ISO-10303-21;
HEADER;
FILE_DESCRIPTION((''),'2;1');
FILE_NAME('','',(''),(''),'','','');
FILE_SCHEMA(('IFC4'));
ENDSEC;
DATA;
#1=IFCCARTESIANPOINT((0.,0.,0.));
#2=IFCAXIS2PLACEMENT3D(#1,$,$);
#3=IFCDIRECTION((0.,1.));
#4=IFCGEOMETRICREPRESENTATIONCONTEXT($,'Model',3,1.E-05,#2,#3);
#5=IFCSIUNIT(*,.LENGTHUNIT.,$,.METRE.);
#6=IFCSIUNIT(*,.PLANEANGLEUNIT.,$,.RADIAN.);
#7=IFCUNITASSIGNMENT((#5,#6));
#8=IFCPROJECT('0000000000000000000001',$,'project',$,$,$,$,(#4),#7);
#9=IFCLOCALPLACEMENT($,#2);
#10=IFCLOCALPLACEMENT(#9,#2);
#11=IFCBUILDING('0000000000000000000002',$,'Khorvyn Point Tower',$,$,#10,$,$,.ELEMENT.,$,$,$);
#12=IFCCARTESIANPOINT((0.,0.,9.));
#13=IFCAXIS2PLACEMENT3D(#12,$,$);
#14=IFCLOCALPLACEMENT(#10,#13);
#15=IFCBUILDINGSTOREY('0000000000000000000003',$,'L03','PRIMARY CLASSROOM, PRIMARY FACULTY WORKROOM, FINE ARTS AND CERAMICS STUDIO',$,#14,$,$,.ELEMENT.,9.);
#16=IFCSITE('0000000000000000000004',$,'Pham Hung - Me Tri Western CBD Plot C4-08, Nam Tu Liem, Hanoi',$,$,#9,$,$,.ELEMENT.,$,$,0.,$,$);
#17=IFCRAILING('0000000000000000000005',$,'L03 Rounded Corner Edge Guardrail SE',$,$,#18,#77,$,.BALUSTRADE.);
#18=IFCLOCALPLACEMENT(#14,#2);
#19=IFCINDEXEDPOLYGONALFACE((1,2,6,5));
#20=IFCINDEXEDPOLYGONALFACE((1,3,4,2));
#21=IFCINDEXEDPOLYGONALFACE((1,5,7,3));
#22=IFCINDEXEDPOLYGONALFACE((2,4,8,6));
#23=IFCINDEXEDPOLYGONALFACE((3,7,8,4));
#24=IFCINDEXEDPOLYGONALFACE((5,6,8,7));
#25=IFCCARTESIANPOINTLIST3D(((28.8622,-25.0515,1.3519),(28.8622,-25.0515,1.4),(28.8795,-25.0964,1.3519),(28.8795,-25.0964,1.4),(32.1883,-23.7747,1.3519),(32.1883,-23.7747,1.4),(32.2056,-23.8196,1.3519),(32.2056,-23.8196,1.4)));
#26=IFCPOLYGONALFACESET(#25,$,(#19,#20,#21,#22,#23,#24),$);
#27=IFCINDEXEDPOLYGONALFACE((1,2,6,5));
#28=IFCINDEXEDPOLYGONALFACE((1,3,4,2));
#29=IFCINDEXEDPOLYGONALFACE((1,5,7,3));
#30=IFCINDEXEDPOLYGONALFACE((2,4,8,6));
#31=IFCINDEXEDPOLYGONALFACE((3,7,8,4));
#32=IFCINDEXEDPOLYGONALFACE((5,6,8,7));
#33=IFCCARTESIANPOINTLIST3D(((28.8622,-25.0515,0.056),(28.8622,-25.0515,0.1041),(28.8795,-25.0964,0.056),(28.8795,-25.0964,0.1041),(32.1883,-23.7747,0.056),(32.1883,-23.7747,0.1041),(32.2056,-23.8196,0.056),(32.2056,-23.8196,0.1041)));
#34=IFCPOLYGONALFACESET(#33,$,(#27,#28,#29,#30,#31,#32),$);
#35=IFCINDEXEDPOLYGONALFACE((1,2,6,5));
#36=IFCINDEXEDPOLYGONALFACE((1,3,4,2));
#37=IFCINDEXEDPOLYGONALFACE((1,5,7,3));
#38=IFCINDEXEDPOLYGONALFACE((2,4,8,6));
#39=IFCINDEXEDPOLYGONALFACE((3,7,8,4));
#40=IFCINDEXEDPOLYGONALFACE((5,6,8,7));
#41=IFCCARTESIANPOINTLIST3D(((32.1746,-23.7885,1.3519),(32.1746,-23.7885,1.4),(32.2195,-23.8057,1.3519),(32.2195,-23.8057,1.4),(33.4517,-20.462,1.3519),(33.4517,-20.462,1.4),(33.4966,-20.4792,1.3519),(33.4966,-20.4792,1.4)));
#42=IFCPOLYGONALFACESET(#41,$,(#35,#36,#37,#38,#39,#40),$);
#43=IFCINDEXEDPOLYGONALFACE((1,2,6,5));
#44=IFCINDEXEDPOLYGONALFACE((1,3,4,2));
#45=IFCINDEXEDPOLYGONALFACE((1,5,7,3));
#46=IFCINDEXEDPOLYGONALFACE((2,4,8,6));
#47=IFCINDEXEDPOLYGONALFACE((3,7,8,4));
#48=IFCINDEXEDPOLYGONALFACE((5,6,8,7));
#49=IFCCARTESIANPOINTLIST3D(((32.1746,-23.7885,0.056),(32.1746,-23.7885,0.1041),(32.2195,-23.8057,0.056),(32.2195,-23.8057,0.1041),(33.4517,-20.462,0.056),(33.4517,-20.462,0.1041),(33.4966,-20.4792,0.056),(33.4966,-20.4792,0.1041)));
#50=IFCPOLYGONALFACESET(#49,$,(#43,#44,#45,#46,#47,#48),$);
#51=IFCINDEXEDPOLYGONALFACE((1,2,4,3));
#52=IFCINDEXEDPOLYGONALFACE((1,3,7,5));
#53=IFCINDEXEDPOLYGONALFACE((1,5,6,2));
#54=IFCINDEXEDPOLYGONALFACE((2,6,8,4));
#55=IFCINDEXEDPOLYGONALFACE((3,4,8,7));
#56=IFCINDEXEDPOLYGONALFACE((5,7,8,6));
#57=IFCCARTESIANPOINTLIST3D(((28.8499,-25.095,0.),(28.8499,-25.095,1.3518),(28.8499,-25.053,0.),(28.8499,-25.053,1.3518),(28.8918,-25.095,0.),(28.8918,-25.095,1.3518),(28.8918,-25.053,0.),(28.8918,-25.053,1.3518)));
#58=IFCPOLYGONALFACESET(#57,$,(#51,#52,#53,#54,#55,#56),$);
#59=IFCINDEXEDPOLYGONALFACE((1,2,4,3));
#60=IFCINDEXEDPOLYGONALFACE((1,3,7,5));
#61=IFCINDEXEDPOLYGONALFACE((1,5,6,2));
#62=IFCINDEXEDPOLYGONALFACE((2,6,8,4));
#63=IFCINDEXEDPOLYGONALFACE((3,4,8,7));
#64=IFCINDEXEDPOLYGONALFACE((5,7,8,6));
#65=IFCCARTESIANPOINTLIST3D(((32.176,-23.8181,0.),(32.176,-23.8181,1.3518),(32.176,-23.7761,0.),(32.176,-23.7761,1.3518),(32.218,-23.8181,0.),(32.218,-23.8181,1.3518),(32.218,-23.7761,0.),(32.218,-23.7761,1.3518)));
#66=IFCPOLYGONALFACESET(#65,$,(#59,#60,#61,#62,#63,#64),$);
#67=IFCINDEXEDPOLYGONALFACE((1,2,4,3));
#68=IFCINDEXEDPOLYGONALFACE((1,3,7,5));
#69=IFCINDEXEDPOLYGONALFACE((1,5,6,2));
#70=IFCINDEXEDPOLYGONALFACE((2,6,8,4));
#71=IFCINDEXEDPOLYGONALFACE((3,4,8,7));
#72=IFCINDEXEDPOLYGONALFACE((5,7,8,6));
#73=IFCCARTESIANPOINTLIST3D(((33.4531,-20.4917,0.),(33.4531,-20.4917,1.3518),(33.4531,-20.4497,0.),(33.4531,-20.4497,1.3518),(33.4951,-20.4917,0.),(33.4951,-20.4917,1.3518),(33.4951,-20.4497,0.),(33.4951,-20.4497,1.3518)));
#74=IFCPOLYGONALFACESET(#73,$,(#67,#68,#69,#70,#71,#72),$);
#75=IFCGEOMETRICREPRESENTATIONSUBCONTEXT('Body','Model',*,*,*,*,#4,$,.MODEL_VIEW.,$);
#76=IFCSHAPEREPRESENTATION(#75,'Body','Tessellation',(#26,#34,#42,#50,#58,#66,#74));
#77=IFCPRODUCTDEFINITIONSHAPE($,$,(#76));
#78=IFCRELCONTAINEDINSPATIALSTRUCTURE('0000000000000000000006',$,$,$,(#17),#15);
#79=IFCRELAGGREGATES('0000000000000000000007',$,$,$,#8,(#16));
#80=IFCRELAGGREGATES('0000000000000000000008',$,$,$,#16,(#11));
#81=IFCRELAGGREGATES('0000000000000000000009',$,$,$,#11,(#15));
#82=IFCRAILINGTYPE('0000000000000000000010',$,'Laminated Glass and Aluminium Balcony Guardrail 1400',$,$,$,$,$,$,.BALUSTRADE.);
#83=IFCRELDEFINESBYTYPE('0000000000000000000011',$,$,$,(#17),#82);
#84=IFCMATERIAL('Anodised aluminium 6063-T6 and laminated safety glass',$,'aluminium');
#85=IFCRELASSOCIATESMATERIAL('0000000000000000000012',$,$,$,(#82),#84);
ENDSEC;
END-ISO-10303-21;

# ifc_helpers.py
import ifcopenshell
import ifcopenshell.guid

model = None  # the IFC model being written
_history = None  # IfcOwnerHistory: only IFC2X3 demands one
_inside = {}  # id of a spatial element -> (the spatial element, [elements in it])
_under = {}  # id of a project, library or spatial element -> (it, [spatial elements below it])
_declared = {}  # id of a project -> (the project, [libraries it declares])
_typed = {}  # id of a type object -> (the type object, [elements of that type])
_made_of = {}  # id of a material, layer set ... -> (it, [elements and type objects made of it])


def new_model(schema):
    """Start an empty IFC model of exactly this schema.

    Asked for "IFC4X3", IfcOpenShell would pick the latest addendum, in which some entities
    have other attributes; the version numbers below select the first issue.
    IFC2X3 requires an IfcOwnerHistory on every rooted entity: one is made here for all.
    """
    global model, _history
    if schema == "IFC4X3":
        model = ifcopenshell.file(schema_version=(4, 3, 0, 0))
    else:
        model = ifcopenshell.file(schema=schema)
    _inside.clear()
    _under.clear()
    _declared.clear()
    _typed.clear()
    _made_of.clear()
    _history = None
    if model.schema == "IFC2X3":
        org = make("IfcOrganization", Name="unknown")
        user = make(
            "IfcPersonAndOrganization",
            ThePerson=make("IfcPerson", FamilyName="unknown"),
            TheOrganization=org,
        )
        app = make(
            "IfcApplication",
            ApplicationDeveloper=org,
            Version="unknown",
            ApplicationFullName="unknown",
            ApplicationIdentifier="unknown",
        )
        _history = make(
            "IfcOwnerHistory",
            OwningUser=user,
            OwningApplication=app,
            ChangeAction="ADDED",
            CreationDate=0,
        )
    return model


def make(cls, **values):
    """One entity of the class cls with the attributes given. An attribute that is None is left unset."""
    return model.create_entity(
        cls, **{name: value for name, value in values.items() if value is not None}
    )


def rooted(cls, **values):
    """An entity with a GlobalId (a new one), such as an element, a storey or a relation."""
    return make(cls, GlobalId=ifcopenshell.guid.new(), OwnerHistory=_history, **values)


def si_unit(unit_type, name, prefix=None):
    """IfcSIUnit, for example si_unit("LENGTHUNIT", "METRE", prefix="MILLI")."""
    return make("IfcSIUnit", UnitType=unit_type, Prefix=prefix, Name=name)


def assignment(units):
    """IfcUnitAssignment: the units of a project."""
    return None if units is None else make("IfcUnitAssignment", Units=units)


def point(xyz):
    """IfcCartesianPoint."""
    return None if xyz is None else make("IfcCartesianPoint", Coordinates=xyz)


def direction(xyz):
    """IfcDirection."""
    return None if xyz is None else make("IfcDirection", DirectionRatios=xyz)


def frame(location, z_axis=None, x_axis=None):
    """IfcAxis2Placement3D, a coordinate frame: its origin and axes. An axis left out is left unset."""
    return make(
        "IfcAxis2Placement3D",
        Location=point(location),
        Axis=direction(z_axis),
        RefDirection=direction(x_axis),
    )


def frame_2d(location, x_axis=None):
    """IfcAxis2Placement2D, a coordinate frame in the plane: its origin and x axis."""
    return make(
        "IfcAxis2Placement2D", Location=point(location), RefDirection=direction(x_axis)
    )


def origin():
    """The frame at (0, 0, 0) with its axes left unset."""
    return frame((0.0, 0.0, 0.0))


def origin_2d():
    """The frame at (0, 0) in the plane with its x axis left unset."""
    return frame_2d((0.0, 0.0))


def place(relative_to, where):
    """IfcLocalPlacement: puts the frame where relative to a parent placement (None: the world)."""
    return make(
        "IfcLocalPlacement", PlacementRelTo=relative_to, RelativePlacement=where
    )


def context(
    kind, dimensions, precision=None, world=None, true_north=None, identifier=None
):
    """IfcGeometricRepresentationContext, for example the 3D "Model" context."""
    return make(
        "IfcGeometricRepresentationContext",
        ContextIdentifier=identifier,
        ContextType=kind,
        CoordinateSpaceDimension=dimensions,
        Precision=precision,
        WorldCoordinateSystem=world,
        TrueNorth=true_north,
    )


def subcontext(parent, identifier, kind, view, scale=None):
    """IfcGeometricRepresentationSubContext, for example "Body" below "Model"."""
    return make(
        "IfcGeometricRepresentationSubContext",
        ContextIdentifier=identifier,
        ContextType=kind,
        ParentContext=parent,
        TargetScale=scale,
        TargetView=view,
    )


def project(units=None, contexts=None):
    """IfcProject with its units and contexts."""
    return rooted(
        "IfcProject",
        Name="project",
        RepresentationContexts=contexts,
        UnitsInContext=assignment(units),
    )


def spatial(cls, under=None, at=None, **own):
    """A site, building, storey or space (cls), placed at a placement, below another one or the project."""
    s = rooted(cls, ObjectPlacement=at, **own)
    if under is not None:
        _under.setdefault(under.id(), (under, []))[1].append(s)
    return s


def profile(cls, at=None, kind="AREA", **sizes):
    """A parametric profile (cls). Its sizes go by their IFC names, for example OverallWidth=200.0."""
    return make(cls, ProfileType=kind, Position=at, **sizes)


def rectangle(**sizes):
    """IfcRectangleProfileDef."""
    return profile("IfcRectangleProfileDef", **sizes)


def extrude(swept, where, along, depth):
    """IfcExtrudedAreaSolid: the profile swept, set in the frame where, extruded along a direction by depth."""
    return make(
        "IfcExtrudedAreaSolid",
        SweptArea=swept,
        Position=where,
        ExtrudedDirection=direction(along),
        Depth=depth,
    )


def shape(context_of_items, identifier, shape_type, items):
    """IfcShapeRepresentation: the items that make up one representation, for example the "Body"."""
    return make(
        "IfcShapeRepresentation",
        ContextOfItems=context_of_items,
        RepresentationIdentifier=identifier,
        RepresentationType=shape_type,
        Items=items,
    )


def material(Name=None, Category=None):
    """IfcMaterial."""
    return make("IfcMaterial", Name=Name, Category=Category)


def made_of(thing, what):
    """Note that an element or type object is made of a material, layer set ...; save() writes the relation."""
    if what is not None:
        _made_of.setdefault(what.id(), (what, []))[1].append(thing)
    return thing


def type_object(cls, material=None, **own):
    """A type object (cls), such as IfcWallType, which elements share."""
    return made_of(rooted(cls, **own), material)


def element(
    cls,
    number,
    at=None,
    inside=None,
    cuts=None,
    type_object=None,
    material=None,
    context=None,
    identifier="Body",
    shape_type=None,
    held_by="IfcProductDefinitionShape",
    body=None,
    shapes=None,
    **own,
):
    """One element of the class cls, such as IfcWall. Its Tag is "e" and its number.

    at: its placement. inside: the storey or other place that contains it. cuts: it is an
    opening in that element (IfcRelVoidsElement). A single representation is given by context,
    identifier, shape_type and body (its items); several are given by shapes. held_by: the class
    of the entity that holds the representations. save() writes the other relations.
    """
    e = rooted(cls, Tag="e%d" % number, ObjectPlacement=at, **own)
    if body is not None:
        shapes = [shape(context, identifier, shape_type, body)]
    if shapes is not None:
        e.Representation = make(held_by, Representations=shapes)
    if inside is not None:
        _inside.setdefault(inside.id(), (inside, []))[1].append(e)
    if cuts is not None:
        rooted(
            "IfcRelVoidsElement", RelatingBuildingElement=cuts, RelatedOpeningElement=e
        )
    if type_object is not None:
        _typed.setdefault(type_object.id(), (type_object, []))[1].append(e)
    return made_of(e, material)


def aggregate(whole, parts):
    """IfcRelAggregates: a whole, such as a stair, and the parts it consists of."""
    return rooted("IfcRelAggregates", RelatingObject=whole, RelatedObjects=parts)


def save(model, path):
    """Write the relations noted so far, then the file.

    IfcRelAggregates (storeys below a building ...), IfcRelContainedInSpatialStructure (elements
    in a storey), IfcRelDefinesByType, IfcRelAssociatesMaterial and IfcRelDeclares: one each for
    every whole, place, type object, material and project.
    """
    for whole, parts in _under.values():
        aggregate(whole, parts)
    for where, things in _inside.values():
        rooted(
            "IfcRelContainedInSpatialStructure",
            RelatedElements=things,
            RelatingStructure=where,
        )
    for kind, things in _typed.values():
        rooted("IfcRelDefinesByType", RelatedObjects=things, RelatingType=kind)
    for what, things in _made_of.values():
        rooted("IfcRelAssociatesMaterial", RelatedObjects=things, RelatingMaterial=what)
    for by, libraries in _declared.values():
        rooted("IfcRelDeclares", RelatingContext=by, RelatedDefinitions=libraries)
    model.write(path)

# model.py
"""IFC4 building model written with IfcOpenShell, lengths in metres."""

from ifc_helpers import new_model, si_unit, direction, frame, origin, origin_2d, place, context, subcontext, project, spatial, rectangle, extrude, material, type_object, element, save


model = new_model("IFC4")

# Units and contexts
model_context = context("Model", 3, precision=1e-05, world=origin(), true_north=direction((0.0, 1.0)))
body_context = subcontext(model_context, "Body", "Model", "MODEL_VIEW")
ifc_project = project(units=[si_unit("LENGTHUNIT", "METRE"), si_unit("PLANEANGLEUNIT", "RADIAN")], contexts=[model_context])

# Site, building, storey
site_placement = place(None, origin())
site = spatial("IfcSite", under=ifc_project, at=site_placement, Name="Pham Hung - Me Tri Western CBD Plot C4-08, Nam Tu Liem, Hanoi", CompositionType="ELEMENT", RefElevation=0.0)
building_placement = place(site_placement, origin())
building = spatial("IfcBuilding", under=site, at=building_placement, Name="Khorvyn Point Tower", CompositionType="ELEMENT")
storey_placement = place(building_placement, frame((0.0, 0.0, 9.0)))
storey = spatial("IfcBuildingStorey", under=building, at=storey_placement, Name="L03", Description="PRIMARY CLASSROOM, PRIMARY FACULTY WORKROOM, FINE ARTS AND CERAMICS STUDIO", CompositionType="ELEMENT", Elevation=9.0)

# Railing
ifc_material_1 = material(Name="Anodised aluminium 6063-T6 and laminated safety glass", Category="aluminium")
railing_type = type_object("IfcRailingType", Name="Laminated Glass and Aluminium Balcony Guardrail 1400", PredefinedType="BALUSTRADE", material=ifc_material_1)
railing_placement = place(storey_placement, frame((28.8708, -25.074, 0.0)))
element("IfcRailing", 1, at=railing_placement, inside=storey, type_object=railing_type, Name="L03 Rounded Corner Edge Guardrail SE", PredefinedType="BALUSTRADE", context=body_context, shape_type="SweptSolid", body=[
    extrude(rectangle(XDim=0.0481, YDim=0.0481, at=origin_2d()), frame((0.0, 0.0, 1.376), z_axis=(0.933575, 0.358382, 0.0), x_axis=(-0.358382, 0.933575, 0.0)), (0.0, 0.0, 1.0), 3.5627),
    extrude(rectangle(XDim=0.0481, YDim=0.0481, at=origin_2d()), frame((0.0, 0.0, 0.0801), z_axis=(0.933575, 0.358382, 0.0), x_axis=(-0.358382, 0.933575, 0.0)), (0.0, 0.0, 1.0), 3.5627),
    extrude(rectangle(XDim=0.0481, YDim=0.0481, at=origin_2d()), frame((3.3262, 1.2769, 1.376), z_axis=(0.358419, 0.933561, 0.0), x_axis=(-0.933561, 0.358419, 0.0)), (0.0, 0.0, 1.0), 3.5632),
    extrude(rectangle(XDim=0.0481, YDim=0.0481, at=origin_2d()), frame((3.3262, 1.2769, 0.0801), z_axis=(0.358419, 0.933561, 0.0), x_axis=(-0.933561, 0.358419, 0.0)), (0.0, 0.0, 1.0), 3.5632),
    extrude(rectangle(XDim=0.042, YDim=0.042, at=origin_2d()), origin(), (0.0, 0.0, 1.0), 1.3518),
    extrude(rectangle(XDim=0.042, YDim=0.042, at=origin_2d()), frame((3.3262, 1.2769, 0.0)), (0.0, 0.0, 1.0), 1.3518),
    extrude(rectangle(XDim=0.042, YDim=0.042, at=origin_2d()), frame((4.6033, 4.6033, 0.0)), (0.0, 0.0, 1.0), 1.3518),
])

save(model, "model.ifc")
